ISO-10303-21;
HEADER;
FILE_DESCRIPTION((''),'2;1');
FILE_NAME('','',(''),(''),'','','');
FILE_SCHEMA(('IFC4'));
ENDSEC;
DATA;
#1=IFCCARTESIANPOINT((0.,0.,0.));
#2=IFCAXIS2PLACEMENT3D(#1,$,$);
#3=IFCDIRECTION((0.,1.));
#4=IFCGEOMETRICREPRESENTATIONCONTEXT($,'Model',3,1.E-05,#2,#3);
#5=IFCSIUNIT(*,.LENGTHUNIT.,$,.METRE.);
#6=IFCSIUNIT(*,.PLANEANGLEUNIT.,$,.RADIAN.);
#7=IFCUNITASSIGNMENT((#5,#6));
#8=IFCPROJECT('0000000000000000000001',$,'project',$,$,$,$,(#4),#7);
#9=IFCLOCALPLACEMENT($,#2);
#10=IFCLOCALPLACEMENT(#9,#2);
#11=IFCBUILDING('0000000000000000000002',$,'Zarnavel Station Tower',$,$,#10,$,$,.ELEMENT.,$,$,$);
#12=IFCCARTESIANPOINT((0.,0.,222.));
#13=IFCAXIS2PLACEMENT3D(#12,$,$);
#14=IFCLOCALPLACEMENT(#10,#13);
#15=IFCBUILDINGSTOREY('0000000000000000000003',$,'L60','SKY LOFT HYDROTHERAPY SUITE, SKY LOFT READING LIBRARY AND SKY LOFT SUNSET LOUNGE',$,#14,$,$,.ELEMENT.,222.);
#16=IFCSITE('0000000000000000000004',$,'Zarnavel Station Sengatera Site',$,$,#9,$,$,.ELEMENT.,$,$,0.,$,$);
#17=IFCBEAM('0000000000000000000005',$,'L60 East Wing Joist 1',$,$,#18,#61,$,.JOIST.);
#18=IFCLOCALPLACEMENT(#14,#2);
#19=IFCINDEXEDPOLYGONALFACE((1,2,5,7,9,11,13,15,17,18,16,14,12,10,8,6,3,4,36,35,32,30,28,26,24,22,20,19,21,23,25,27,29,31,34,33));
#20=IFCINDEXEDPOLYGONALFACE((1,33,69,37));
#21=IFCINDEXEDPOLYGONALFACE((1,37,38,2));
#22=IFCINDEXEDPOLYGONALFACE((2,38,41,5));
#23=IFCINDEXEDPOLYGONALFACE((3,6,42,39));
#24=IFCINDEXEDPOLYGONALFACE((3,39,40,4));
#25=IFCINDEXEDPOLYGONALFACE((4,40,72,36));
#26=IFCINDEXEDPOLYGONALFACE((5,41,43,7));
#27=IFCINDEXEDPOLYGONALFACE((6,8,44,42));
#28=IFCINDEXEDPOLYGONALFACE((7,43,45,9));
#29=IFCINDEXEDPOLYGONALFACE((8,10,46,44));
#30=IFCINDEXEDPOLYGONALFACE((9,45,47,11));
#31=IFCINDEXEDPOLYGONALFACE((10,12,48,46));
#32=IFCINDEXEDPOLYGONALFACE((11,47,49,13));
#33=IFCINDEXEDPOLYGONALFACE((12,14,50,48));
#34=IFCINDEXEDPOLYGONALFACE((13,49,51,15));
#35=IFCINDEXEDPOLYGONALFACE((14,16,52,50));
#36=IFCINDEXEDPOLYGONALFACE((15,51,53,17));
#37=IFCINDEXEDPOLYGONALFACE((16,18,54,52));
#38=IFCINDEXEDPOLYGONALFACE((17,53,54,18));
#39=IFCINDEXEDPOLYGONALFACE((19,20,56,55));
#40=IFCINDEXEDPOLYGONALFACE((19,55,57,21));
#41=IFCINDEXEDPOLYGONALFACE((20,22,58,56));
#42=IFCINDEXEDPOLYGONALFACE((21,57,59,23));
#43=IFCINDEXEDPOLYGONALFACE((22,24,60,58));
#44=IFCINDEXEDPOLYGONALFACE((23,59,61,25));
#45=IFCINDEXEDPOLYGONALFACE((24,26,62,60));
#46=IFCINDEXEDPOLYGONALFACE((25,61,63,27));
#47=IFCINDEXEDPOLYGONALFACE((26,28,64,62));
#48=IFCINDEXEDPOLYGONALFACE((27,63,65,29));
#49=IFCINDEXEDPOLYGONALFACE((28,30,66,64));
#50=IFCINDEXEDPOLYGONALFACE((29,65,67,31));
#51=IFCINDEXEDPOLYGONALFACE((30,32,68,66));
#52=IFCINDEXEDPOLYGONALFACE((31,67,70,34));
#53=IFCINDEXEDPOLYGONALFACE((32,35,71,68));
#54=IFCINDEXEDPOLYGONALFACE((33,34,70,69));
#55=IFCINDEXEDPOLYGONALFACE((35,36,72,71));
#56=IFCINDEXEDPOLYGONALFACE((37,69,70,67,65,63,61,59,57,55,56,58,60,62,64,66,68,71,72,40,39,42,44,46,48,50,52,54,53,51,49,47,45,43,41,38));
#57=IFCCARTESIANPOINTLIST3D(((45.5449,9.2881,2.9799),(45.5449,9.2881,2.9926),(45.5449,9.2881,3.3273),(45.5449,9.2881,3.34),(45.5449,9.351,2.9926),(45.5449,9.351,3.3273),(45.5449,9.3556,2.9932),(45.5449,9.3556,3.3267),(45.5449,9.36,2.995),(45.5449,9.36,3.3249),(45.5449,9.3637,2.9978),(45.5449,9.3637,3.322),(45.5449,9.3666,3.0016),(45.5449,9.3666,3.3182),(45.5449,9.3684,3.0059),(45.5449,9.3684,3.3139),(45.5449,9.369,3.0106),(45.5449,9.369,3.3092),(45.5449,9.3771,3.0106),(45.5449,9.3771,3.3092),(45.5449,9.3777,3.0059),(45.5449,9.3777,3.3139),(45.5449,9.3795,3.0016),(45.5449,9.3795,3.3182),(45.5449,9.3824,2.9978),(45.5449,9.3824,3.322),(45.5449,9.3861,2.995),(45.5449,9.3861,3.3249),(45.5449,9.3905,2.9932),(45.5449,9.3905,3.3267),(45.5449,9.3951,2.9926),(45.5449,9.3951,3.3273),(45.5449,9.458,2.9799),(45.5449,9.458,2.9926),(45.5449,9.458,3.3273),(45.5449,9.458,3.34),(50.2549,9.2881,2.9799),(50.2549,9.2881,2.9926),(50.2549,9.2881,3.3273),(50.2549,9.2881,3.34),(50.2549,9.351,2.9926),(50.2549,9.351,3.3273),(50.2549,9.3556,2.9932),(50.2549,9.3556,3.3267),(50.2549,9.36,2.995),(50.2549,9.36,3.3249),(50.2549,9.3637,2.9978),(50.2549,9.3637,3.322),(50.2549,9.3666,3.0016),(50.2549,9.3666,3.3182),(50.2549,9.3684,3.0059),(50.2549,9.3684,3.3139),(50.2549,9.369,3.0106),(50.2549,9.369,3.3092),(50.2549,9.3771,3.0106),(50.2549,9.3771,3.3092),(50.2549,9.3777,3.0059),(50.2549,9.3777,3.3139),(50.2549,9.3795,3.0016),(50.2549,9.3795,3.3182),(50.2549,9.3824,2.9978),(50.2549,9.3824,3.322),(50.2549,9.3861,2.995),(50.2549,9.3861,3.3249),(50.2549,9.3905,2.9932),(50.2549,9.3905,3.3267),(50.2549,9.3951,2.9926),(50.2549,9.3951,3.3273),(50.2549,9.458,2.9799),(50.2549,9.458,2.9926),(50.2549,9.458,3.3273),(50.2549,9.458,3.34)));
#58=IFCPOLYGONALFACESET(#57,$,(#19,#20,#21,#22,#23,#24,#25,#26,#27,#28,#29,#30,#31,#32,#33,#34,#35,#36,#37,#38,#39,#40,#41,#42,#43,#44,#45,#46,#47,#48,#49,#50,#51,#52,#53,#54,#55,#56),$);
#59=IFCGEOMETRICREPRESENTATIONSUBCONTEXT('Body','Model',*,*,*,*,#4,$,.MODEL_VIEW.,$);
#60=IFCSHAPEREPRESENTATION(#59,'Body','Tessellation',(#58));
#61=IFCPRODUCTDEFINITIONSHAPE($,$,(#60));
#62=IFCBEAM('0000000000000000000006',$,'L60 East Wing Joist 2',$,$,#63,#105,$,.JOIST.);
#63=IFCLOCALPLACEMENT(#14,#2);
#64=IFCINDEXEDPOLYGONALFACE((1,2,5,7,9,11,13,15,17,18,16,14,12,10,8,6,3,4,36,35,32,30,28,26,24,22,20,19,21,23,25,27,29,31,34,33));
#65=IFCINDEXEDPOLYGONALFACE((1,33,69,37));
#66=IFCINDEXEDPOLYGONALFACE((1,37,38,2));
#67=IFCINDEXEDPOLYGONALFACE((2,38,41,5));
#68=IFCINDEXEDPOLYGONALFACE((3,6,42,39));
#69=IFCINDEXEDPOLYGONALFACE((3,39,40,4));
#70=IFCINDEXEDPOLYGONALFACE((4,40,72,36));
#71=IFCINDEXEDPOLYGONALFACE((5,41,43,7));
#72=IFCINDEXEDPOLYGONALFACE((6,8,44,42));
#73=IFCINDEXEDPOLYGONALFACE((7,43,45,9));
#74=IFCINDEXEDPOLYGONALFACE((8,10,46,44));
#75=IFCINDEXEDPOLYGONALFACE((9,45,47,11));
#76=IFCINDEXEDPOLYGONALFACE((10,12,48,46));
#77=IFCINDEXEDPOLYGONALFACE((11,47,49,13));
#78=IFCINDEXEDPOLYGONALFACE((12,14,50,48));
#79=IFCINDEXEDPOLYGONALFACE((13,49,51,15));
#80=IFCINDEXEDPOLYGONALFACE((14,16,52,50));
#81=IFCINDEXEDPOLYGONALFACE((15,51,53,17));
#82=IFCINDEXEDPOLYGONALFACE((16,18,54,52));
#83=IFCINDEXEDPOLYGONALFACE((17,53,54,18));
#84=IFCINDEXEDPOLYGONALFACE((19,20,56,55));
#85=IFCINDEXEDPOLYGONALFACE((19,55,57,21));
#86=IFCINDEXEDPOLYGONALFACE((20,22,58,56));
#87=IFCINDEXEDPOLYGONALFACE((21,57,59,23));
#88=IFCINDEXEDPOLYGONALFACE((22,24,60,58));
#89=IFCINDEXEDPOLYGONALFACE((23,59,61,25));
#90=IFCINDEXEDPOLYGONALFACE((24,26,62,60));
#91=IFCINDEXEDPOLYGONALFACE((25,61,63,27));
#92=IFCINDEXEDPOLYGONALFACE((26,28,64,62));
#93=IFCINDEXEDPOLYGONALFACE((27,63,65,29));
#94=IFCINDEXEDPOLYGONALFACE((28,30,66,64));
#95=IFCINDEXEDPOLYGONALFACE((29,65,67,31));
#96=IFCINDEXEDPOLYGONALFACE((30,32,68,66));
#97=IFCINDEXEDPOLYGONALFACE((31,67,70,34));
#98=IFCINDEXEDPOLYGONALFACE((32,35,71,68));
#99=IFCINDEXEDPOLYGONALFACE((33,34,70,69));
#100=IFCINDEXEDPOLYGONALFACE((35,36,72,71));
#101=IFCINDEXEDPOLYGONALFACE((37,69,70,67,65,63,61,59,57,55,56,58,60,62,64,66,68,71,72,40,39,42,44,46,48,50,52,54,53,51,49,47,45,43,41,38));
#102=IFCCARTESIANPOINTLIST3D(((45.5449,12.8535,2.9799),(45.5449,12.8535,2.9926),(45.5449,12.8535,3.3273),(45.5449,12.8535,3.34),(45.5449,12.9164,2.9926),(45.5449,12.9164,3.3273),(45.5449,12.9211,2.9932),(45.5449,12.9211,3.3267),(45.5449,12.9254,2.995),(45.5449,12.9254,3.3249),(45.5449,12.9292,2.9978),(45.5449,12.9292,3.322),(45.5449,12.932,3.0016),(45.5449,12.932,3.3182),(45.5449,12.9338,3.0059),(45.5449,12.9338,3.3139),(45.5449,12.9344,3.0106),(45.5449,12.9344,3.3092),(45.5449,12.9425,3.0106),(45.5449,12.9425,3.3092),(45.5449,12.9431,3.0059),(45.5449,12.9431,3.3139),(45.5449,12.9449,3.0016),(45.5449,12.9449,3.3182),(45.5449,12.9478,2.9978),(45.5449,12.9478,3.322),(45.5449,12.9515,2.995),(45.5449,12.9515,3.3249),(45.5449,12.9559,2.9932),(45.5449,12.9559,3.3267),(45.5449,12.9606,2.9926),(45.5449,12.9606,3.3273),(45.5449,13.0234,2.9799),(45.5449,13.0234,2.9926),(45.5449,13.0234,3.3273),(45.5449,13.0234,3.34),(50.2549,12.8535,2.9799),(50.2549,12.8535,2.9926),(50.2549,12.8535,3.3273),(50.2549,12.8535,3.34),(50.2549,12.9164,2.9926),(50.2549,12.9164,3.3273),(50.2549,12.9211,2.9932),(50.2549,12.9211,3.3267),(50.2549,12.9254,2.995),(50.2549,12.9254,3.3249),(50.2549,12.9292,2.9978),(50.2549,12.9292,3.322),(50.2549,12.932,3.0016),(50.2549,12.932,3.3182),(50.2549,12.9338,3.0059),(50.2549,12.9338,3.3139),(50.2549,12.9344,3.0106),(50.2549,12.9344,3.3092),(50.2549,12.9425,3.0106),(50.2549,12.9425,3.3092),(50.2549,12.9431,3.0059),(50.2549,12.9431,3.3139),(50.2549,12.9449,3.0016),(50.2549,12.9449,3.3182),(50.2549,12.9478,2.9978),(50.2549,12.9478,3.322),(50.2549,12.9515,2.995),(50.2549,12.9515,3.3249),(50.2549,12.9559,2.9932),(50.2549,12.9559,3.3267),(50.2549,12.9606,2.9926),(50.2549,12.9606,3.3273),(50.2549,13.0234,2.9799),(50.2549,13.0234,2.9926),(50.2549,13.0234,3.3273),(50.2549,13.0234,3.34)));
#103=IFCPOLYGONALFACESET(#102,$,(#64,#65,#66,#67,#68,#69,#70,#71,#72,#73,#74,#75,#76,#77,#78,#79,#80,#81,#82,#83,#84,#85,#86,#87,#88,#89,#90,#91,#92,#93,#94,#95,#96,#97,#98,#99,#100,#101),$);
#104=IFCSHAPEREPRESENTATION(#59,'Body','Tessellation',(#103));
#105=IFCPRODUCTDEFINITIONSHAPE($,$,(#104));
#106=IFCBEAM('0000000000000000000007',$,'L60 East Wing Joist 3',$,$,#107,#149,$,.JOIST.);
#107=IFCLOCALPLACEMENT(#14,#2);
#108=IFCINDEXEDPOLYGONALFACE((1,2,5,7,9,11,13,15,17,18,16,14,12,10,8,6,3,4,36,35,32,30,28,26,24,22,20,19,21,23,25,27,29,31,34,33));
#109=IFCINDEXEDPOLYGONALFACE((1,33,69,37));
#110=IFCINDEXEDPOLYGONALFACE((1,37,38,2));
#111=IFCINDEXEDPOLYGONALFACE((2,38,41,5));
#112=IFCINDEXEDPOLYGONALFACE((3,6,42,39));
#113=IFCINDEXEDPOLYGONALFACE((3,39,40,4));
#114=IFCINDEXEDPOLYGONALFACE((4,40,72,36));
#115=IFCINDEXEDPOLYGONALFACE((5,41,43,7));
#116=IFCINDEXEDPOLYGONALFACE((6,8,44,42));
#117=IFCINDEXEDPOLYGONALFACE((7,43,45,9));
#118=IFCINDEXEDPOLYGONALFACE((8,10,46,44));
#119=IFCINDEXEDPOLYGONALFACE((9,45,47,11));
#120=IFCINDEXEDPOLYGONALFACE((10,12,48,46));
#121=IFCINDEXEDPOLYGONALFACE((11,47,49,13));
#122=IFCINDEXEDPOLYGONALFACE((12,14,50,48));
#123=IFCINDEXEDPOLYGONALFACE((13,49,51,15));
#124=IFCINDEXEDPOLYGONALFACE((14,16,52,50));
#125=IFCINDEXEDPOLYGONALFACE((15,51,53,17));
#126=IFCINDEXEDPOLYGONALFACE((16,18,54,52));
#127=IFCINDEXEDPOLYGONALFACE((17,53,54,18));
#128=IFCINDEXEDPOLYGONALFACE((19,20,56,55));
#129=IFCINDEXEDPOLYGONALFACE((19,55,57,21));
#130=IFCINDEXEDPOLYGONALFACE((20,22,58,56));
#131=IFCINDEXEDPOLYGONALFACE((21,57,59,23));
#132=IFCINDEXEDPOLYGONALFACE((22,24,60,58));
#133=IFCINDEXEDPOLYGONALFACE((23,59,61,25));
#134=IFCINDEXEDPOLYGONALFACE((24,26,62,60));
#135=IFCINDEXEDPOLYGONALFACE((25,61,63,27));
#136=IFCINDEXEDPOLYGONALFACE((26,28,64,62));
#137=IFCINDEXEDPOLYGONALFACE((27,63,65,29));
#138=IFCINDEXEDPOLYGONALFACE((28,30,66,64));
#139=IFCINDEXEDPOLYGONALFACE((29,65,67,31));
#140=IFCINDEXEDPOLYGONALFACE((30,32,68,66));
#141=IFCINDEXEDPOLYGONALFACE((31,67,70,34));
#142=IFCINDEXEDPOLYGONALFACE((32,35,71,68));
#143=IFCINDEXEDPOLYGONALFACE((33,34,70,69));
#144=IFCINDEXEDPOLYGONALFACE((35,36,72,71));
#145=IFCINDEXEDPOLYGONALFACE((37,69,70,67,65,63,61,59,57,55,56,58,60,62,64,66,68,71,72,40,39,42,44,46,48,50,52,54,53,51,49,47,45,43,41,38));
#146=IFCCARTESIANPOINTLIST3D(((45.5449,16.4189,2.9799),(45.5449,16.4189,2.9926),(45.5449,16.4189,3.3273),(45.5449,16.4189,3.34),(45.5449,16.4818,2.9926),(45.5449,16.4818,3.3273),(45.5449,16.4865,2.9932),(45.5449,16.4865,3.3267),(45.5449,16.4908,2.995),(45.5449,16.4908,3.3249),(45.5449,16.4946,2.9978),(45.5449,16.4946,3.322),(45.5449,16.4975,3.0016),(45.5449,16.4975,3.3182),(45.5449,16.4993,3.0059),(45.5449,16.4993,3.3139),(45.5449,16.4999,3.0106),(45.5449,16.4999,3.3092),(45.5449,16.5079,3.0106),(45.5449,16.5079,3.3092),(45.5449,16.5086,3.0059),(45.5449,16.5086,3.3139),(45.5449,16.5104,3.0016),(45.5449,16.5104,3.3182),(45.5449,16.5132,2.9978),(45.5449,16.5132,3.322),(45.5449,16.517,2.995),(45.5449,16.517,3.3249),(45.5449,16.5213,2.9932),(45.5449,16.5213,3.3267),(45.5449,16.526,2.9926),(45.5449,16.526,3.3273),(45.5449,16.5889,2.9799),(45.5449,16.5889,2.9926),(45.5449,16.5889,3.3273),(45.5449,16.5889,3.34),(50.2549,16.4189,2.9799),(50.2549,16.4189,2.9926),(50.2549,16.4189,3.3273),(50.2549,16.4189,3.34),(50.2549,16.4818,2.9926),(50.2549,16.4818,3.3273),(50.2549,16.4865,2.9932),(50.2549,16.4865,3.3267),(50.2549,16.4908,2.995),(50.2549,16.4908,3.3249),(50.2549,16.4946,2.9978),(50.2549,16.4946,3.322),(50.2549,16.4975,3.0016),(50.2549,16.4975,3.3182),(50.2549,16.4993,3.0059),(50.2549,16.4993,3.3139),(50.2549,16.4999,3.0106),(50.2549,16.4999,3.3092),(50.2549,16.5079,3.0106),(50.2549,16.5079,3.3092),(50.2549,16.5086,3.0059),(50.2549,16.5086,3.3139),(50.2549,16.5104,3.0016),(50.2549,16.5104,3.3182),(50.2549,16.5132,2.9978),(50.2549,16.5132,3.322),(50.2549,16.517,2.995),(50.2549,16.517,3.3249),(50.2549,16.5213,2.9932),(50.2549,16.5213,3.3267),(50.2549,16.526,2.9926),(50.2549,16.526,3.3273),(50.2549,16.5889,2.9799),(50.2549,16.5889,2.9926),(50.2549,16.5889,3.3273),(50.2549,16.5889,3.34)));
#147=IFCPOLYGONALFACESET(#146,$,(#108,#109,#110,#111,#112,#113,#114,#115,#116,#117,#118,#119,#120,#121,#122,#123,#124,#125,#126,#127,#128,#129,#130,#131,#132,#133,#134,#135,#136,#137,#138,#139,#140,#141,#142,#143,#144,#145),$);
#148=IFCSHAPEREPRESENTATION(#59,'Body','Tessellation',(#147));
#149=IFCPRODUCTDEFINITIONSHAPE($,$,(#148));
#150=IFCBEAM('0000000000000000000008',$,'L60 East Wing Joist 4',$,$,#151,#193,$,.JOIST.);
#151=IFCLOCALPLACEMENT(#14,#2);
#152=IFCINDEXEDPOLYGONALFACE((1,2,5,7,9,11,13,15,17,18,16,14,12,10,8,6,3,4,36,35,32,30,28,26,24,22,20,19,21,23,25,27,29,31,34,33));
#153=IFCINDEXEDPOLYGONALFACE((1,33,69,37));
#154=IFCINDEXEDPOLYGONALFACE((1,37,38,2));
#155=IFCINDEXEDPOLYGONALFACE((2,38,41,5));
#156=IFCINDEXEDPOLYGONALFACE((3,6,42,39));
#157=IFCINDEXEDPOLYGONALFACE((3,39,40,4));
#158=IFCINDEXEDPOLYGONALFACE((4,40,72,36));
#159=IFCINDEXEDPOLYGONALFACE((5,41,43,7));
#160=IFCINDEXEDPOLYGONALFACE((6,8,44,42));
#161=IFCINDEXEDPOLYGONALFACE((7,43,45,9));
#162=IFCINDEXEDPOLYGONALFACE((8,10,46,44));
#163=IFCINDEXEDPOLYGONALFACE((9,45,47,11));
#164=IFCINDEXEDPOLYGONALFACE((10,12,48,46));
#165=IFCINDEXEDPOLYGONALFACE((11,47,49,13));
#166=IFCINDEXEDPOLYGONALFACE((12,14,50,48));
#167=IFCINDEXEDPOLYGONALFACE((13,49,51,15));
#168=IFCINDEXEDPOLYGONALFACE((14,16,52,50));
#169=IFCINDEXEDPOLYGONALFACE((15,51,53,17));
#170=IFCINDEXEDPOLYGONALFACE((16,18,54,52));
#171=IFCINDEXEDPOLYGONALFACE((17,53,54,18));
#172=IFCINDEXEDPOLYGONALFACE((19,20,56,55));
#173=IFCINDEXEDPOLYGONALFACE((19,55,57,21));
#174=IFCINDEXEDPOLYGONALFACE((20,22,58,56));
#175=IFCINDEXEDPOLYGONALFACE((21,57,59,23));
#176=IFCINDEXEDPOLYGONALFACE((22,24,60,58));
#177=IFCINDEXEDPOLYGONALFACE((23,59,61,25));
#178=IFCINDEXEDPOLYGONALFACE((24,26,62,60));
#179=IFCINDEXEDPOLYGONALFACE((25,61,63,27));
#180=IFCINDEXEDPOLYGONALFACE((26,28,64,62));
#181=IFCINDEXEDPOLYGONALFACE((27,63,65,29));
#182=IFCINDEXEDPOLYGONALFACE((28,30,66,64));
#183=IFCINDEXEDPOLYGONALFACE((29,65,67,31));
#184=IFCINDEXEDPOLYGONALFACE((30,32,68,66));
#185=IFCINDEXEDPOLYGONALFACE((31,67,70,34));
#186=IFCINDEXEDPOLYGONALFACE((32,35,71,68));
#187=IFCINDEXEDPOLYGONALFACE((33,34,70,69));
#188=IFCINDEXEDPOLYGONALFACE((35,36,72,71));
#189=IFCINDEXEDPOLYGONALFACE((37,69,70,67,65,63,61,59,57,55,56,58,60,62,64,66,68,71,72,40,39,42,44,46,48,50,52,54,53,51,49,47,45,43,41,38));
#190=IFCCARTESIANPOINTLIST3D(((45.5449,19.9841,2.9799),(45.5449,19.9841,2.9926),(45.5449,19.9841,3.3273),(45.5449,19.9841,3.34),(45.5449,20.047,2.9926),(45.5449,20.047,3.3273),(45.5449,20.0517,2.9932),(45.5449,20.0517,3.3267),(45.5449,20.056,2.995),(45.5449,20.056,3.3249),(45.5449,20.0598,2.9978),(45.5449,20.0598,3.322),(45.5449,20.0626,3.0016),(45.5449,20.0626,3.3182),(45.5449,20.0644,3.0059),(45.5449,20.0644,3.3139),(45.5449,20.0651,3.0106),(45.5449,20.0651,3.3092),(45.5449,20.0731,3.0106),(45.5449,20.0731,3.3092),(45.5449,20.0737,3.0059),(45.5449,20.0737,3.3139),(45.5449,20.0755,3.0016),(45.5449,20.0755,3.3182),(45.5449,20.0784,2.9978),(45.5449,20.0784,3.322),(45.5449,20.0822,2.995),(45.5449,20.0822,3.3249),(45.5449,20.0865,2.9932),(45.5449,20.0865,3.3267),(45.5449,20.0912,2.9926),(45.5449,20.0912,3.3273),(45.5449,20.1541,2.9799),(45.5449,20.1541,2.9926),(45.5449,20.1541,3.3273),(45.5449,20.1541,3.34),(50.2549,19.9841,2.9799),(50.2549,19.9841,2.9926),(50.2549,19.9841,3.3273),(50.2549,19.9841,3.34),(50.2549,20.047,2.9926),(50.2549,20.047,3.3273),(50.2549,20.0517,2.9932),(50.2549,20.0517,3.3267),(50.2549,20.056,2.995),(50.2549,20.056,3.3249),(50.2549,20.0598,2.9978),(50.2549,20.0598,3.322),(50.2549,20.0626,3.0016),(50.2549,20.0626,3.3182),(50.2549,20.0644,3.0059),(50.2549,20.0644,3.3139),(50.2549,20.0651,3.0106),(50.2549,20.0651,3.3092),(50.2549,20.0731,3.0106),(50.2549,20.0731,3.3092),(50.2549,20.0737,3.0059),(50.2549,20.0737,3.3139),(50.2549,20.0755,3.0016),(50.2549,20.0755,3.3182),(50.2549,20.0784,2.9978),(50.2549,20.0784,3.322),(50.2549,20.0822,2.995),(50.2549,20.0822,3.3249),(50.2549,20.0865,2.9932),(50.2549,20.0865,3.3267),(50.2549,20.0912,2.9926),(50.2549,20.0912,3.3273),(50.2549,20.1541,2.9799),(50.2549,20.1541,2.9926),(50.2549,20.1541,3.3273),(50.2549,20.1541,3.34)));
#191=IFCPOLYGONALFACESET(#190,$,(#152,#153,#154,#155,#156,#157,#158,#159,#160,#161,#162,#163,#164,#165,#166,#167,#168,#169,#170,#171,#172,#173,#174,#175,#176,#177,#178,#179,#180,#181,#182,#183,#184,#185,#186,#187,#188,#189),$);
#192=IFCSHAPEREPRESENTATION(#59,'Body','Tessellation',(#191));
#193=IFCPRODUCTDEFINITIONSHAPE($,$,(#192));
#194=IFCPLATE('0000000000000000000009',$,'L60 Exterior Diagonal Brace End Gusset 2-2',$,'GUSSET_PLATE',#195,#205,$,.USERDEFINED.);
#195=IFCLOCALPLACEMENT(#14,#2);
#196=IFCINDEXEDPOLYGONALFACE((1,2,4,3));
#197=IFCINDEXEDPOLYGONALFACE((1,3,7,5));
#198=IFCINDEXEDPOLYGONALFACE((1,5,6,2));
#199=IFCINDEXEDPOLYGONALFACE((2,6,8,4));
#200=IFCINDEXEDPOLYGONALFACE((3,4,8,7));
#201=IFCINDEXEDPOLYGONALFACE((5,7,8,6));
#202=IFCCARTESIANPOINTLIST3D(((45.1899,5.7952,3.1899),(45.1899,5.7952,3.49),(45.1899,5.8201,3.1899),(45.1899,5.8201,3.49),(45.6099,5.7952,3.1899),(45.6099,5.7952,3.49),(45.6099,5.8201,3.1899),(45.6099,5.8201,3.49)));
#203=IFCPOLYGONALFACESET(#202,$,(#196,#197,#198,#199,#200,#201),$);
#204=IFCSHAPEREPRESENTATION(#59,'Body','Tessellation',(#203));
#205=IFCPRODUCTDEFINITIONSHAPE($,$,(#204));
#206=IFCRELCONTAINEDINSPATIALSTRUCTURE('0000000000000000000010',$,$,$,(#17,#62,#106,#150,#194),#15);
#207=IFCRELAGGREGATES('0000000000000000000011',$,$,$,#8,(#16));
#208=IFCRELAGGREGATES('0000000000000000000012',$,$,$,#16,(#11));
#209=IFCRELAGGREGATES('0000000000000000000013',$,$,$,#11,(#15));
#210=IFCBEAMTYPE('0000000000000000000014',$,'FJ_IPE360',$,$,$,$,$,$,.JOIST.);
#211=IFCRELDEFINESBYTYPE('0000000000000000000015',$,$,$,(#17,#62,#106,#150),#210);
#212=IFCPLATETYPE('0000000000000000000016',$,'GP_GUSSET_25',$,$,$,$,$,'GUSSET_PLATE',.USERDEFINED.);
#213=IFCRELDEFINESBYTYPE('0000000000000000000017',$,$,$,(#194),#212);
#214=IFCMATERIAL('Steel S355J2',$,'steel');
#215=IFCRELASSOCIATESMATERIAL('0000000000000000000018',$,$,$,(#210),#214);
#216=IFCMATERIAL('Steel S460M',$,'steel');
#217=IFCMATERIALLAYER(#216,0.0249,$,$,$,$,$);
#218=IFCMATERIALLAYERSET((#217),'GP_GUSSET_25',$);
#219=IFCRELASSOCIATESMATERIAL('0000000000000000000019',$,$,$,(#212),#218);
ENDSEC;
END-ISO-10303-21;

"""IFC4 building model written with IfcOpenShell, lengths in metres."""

from ifc_helpers import new_model, si_unit, direction, frame, origin, origin_2d, place, context, subcontext, project, spatial, rectangle, i_section, extrude, material, layer, layer_set, material_profile, profile_set, type_object, element, save


model = new_model("IFC4")

# Units and contexts
model_context = context("Model", 3, precision=1e-05, world=origin(), true_north=direction((0.0, 1.0)))
body_context = subcontext(model_context, "Body", "Model", "MODEL_VIEW")
ifc_project = project(units=[si_unit("LENGTHUNIT", "METRE"), si_unit("PLANEANGLEUNIT", "RADIAN")], contexts=[model_context])

# Site, building, storey
site_placement = place(None, origin())
site = spatial("IfcSite", under=ifc_project, at=site_placement, Name="Zarnavel Station Sengatera Site", CompositionType="ELEMENT", RefElevation=0.0)
building_placement = place(site_placement, origin())
building = spatial("IfcBuilding", under=site, at=building_placement, Name="Zarnavel Station Tower", CompositionType="ELEMENT")
storey_placement = place(building_placement, frame((0.0, 0.0, 222.0)))
storey = spatial("IfcBuildingStorey", under=building, at=storey_placement, Name="L60", Description="SKY LOFT HYDROTHERAPY SUITE, SKY LOFT READING LIBRARY AND SKY LOFT SUNSET LOUNGE", CompositionType="ELEMENT", Elevation=222.0)

# Beams
ifc_material_1 = material(Name="Steel S355J2", Category="steel")
ifc_material_profile_1 = material_profile(ifc_material_1, i_section(OverallWidth=0.1699, OverallDepth=0.3601, WebThickness=0.0081, FlangeThickness=0.0127, FilletRadius=0.0181, at=origin_2d()), Name="IPE360")
ifc_profile_set_1 = profile_set([ifc_material_profile_1], Name="Steel S355J2")
beam_type_1 = type_object("IfcBeamType", Name="FJ_IPE360", PredefinedType="JOIST", material=ifc_profile_set_1)
for number, where, z_axis, x_axis, name in (
    (1, (45.5449, 9.373, 3.1599), (1.0, 0.0, 0.0), (0.0, 1.0, 0.0), "L60 East Wing Joist 1"),
    (2, (45.5449, 12.9385, 3.1599), (1.0, 0.0, 0.0), (0.0, 1.0, 0.0), "L60 East Wing Joist 2"),
    (3, (45.5449, 16.5039, 3.1599), (1.0, 0.0, 0.0), (0.0, 1.0, 0.0), "L60 East Wing Joist 3"),
    (4, (45.5449, 20.0691, 3.1599), (1.0, 0.0, 0.0), (0.0, 1.0, 0.0), "L60 East Wing Joist 4"),
):
    element("IfcBeam", number, at=place(storey_placement, frame(where, z_axis=z_axis, x_axis=x_axis)), inside=storey, type_object=beam_type_1, Name=name, PredefinedType="JOIST", context=body_context, shape_type="SweptSolid", body=[
        extrude(i_section(OverallWidth=0.1699, OverallDepth=0.3601, WebThickness=0.0081, FlangeThickness=0.0127, FilletRadius=0.0181, at=origin_2d()), origin(), (0.0, 0.0, 1.0), 4.71),
    ])

# Plate
ifc_material_2 = material(Name="Steel S460M", Category="steel")
ifc_layer_1 = layer(ifc_material_2, 0.0249)
ifc_layer_set_1 = layer_set([ifc_layer_1], Name="GP_GUSSET_25")
plate_type = type_object("IfcPlateType", Name="GP_GUSSET_25", ElementType="GUSSET_PLATE", PredefinedType="USERDEFINED", material=ifc_layer_set_1)
plate_placement = place(storey_placement, frame((45.3999, 5.8076, 3.1899), z_axis=(0.0, 0.0, 1.0), x_axis=(1.0, 0.0, 0.0)))
element("IfcPlate", 5, at=plate_placement, inside=storey, type_object=plate_type, Name="L60 Exterior Diagonal Brace End Gusset 2-2", ObjectType="GUSSET_PLATE", PredefinedType="USERDEFINED", context=body_context, shape_type="SweptSolid", body=[
    extrude(rectangle(XDim=0.4199, YDim=0.0249, at=origin_2d()), origin(), (0.0, 0.0, 1.0), 0.3),
])

save(model, "model.ifc")
